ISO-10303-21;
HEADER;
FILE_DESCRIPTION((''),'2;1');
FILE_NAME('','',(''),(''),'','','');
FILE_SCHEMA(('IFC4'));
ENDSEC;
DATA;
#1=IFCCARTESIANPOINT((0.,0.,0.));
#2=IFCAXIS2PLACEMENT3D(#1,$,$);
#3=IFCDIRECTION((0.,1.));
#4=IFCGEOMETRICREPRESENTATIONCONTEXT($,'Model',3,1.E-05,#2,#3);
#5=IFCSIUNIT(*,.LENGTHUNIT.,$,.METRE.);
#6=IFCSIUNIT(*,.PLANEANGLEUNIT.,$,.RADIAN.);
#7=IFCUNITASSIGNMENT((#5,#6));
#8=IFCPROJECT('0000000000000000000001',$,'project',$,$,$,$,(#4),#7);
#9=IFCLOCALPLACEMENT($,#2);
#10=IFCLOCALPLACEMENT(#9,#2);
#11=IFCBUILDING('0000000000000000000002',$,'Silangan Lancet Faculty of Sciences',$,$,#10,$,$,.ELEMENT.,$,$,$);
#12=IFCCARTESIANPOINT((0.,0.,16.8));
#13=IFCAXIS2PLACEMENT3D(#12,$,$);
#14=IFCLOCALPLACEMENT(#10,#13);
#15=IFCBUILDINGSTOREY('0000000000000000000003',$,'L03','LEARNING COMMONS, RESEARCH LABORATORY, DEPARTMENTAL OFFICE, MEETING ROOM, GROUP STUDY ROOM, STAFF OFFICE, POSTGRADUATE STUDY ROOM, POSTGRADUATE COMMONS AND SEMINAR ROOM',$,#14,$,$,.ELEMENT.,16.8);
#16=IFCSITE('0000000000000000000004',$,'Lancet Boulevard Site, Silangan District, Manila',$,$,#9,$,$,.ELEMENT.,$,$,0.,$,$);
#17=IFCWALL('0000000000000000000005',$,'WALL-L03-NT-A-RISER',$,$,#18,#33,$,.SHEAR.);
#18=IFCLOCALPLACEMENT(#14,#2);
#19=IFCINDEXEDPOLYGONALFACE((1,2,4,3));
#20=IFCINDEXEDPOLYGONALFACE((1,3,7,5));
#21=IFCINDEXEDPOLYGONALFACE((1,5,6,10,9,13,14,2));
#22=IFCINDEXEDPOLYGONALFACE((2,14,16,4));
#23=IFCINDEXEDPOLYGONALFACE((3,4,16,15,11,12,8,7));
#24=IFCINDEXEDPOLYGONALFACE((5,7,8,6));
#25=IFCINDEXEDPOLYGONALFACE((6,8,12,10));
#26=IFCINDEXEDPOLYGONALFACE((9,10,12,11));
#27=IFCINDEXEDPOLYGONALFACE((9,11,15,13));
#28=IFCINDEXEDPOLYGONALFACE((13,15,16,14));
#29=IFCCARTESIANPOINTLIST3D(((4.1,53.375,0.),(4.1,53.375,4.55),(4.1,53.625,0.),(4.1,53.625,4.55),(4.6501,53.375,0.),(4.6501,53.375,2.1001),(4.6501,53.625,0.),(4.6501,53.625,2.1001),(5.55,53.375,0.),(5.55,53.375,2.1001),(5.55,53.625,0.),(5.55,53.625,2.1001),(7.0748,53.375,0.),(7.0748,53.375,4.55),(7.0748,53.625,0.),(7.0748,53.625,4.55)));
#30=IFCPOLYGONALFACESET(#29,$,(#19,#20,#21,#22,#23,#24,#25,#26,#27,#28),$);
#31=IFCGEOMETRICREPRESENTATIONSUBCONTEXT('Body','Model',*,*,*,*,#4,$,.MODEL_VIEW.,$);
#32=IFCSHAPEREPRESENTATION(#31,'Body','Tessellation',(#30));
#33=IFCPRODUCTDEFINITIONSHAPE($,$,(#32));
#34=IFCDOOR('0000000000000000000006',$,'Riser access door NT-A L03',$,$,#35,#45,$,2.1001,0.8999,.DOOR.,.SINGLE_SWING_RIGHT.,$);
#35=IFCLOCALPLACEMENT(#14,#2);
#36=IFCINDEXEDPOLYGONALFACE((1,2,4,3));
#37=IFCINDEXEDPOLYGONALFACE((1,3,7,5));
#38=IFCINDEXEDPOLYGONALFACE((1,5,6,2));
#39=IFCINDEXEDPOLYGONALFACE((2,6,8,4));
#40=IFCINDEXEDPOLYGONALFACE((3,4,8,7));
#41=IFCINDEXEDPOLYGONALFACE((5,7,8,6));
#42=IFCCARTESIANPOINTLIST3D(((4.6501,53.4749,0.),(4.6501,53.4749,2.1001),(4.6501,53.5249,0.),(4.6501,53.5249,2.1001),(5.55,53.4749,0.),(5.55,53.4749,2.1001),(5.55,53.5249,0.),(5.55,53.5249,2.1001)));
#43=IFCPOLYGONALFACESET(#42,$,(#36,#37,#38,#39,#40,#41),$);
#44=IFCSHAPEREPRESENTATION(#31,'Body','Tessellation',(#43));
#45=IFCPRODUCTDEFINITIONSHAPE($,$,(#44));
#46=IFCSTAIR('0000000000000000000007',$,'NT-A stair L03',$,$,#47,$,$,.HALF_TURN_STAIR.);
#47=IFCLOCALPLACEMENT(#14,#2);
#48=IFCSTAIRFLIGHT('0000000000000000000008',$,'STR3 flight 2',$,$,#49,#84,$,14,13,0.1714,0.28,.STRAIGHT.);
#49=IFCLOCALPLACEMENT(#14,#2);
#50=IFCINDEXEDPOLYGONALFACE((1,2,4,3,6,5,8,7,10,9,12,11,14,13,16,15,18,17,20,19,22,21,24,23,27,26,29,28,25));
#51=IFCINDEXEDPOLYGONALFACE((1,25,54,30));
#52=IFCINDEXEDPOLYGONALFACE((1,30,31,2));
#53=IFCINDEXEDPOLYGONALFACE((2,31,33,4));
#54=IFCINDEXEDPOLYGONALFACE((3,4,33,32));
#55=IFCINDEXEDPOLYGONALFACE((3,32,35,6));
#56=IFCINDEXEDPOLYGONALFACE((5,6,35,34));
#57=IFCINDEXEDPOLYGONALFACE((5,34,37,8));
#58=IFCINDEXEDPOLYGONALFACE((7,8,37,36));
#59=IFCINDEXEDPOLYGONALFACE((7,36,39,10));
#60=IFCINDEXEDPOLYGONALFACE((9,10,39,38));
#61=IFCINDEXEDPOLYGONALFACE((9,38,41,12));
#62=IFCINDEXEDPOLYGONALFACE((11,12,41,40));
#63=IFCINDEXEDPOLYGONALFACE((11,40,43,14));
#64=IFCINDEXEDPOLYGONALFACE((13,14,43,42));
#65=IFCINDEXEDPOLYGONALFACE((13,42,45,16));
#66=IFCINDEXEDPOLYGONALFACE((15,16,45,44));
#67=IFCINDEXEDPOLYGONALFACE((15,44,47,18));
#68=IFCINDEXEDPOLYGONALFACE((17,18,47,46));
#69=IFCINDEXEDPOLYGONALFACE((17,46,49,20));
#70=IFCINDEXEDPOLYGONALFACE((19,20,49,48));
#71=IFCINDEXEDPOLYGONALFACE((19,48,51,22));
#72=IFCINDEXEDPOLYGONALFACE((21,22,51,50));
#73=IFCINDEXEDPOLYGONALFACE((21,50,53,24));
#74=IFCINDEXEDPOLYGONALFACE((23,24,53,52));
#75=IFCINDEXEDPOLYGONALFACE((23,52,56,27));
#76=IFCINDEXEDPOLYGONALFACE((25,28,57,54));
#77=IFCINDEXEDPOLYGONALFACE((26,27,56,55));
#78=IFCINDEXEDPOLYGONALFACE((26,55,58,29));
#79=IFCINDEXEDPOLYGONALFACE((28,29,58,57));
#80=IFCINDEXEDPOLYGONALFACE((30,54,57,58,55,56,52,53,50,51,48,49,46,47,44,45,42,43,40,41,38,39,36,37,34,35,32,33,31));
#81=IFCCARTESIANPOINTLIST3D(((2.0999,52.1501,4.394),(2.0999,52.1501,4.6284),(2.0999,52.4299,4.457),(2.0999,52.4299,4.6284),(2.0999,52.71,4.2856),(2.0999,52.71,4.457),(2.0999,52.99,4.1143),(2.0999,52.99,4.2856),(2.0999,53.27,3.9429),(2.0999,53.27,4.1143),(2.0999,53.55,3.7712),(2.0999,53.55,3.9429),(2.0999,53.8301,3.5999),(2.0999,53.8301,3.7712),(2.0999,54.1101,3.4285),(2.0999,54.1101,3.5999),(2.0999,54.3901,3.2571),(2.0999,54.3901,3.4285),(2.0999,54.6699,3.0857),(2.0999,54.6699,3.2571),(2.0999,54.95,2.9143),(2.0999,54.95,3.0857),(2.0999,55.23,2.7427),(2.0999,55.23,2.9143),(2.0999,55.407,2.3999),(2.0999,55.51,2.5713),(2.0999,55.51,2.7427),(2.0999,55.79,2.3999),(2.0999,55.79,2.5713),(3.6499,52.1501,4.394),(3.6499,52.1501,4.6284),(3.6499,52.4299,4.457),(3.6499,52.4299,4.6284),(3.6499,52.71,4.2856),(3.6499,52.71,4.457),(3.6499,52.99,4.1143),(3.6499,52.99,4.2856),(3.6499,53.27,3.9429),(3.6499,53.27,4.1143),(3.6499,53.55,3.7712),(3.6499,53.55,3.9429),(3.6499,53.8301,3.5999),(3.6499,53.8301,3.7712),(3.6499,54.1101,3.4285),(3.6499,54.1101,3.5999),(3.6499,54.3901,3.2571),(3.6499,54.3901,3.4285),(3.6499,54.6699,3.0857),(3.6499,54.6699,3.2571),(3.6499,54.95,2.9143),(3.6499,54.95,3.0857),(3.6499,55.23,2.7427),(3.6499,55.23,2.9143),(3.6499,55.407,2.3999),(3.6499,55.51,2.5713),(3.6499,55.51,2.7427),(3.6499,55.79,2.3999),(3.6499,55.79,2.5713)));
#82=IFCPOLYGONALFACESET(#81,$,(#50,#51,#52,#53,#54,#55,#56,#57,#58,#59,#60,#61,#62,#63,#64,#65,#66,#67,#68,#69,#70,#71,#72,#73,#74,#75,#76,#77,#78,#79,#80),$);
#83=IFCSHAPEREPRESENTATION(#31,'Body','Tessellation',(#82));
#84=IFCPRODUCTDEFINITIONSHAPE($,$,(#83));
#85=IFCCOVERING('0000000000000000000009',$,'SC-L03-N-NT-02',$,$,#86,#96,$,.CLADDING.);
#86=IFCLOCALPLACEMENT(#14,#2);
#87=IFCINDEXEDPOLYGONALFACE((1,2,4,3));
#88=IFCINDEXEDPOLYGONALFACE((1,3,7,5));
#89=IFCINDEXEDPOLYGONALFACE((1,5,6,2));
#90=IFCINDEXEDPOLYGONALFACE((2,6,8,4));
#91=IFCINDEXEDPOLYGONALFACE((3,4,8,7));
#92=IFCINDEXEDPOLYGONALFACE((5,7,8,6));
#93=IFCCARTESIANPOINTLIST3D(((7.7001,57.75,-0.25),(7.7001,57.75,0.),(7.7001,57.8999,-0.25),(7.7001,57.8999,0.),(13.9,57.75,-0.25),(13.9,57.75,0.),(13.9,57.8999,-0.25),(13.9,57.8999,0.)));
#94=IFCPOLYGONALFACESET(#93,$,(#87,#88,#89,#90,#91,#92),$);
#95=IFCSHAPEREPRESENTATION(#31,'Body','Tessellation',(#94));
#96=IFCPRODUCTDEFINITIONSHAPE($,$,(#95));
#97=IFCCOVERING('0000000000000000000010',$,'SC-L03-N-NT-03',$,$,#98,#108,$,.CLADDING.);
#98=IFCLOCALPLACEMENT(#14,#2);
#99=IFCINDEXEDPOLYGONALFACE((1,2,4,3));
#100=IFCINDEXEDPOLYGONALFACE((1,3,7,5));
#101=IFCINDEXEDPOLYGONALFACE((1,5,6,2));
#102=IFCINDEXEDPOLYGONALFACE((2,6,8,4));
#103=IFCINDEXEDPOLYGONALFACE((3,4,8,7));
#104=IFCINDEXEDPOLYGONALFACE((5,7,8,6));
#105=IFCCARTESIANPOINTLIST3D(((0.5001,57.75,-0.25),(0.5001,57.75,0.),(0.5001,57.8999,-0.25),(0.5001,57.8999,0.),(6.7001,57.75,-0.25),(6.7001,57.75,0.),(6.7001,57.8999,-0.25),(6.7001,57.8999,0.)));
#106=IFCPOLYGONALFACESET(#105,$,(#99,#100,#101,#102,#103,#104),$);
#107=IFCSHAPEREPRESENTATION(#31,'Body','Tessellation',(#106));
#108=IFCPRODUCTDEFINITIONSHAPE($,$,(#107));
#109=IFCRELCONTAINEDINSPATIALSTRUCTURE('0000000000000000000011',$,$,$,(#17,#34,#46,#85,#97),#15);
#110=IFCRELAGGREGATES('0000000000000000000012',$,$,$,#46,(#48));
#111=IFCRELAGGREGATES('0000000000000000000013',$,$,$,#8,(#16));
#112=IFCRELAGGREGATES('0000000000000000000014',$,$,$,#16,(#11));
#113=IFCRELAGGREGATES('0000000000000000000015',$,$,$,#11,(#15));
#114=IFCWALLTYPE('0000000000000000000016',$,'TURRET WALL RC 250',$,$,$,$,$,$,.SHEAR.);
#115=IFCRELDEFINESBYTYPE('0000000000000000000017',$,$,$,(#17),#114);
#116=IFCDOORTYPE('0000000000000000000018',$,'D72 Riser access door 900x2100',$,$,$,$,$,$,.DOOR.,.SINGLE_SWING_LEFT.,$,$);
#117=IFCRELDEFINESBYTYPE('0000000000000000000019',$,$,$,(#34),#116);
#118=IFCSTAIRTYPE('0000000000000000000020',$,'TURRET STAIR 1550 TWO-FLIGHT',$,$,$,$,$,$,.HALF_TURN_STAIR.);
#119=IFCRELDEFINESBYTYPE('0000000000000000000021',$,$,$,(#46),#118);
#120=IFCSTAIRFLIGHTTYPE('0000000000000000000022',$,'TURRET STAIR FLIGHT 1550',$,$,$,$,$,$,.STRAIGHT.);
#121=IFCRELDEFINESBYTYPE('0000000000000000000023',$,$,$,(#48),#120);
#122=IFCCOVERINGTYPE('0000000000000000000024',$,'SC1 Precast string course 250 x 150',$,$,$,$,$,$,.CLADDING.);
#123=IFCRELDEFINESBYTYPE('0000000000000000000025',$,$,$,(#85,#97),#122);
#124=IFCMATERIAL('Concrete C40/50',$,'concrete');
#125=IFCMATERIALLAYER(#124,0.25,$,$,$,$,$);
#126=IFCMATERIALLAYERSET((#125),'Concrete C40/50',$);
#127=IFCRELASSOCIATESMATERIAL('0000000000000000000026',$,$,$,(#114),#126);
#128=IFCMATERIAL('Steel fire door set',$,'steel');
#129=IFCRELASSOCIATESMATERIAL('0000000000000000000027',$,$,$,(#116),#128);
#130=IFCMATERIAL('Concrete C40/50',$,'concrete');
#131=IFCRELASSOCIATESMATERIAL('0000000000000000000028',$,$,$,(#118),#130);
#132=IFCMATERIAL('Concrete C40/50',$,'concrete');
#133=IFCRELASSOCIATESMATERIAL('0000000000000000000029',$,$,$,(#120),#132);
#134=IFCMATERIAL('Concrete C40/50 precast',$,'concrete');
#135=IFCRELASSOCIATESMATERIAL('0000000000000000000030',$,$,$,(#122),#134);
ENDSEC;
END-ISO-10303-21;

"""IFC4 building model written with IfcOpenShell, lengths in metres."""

from ifc_helpers import new_model, si_unit, direction, frame, frame_2d, origin, origin_2d, place, context, subcontext, project, spatial, polyline, rectangle, outline, extrude, material, layer, layer_set, type_object, element, fill, aggregate, save


model = new_model("IFC4")

# Units and contexts
model_context = context("Model", 3, precision=1e-05, world=origin(), true_north=direction((0.0, 1.0)))
body_context = subcontext(model_context, "Body", "Model", "MODEL_VIEW")
ifc_project = project(units=[si_unit("LENGTHUNIT", "METRE"), si_unit("PLANEANGLEUNIT", "RADIAN")], contexts=[model_context])

# Site, building, storey
site_placement = place(None, origin())
site = spatial("IfcSite", under=ifc_project, at=site_placement, Name="Lancet Boulevard Site, Silangan District, Manila", CompositionType="ELEMENT", RefElevation=0.0)
building_placement = place(site_placement, origin())
building = spatial("IfcBuilding", under=site, at=building_placement, Name="Silangan Lancet Faculty of Sciences", CompositionType="ELEMENT")
storey_placement = place(building_placement, frame((0.0, 0.0, 16.8)))
storey = spatial("IfcBuildingStorey", under=building, at=storey_placement, Name="L03", Description="LEARNING COMMONS, RESEARCH LABORATORY, DEPARTMENTAL OFFICE, MEETING ROOM, GROUP STUDY ROOM, STAFF OFFICE, POSTGRADUATE STUDY ROOM, POSTGRADUATE COMMONS AND SEMINAR ROOM", CompositionType="ELEMENT", Elevation=16.8)

# Wall, opening, door
ifc_material_1 = material(Name="Concrete C40/50", Category="concrete")
ifc_layer_1 = layer(ifc_material_1, 0.25)
ifc_layer_set_1 = layer_set([ifc_layer_1], Name="Concrete C40/50")
wall_type_1 = type_object("IfcWallType", Name="TURRET WALL RC 250", PredefinedType="SHEAR", material=ifc_layer_set_1)
wall_1_placement = place(storey_placement, frame((4.1001, 53.5, 0.0), z_axis=(0.0, 0.0, 1.0), x_axis=(1.0, 0.0, 0.0)))
wall_1 = element("IfcWall", 1, at=wall_1_placement, inside=storey, type_object=wall_type_1, Name="WALL-L03-NT-A-RISER", PredefinedType="SHEAR", context=body_context, shape_type="SweptSolid", body=[
    extrude(rectangle(XDim=2.9749, YDim=0.25, at=frame_2d((1.4873, 0.0))), origin(), (0.0, 0.0, 1.0), 4.55),
])
opening_1_placement = place(wall_1_placement, frame((0.55, 0.0, 0.0)))
opening_1 = element("IfcOpeningElement", 2, at=opening_1_placement, cuts=wall_1, PredefinedType="OPENING", context=body_context, shape_type="SweptSolid", body=[
    extrude(rectangle(XDim=0.8999, YDim=2.1001, at=frame_2d((0.45, 1.05))), frame((0.0, 0.135, 0.0), z_axis=(0.0, -1.0, 0.0), x_axis=(1.0, 0.0, 0.0)), (0.0, 0.0, 1.0), 0.27),
])
ifc_material_2 = material(Name="Steel fire door set", Category="steel")
door_type_1 = type_object("IfcDoorType", Name="D72 Riser access door 900x2100", OperationType="SINGLE_SWING_LEFT", PredefinedType="DOOR", material=ifc_material_2)
door_1_placement = place(opening_1_placement, origin())
door_1 = element("IfcDoor", 3, at=door_1_placement, inside=storey, type_object=door_type_1, Name="Riser access door NT-A L03", OperationType="SINGLE_SWING_RIGHT", OverallHeight=2.1001, OverallWidth=0.8999, PredefinedType="DOOR", context=body_context, shape_type="SweptSolid", body=[
    extrude(rectangle(XDim=0.8999, YDim=2.1001, at=frame_2d((0.45, 1.05))), frame((0.0, 0.0249, 0.0), z_axis=(0.0, -1.0, 0.0), x_axis=(1.0, 0.0, 0.0)), (0.0, 0.0, 1.0), 0.05),
])
fill(opening_1, door_1)

# Stair, stair flight
ifc_material_3 = material(Name="Concrete C40/50", Category="concrete")
stair_type = type_object("IfcStairType", Name="TURRET STAIR 1550 TWO-FLIGHT", PredefinedType="HALF_TURN_STAIR", material=ifc_material_3)
stair_placement = place(storey_placement, origin())
stair = element("IfcStair", 4, at=stair_placement, inside=storey, type_object=stair_type, Name="NT-A stair L03", PredefinedType="HALF_TURN_STAIR")
ifc_material_4 = material(Name="Concrete C40/50", Category="concrete")
stair_flight_type = type_object("IfcStairFlightType", Name="TURRET STAIR FLIGHT 1550", PredefinedType="STRAIGHT", material=ifc_material_4)
stair_flight_placement = place(storey_placement, frame((2.875, 55.79, 2.3999), z_axis=(0.0, 0.0, 1.0), x_axis=(0.0, -1.0, 0.0)))
stair_flight = element("IfcStairFlight", 5, at=stair_flight_placement, type_object=stair_flight_type, Name="STR3 flight 2", NumberOfRisers=14, NumberOfTreads=13, PredefinedType="STRAIGHT", RiserHeight=0.1714, TreadLength=0.28, context=body_context, shape_type="SweptSolid", body=[
    extrude(outline(polyline([(0.0, 0.0), (0.0, 0.1714), (0.28, 0.1714), (0.28, 0.3428), (0.5601, 0.3428), (0.5601, 0.5144), (0.8401, 0.5144), (0.8401, 0.6858), (1.1201, 0.6858), (1.1201, 0.8572), (1.3999, 0.8572), (1.3999, 1.0286), (1.6799, 1.0286), (1.6799, 1.2), (1.96, 1.2), (1.96, 1.3713), (2.24, 1.3713), (2.24, 1.543), (2.52, 1.543), (2.52, 1.7144), (2.8, 1.7144), (2.8, 1.8857), (3.0801, 1.8857), (3.0801, 2.0571), (3.3601, 2.0571), (3.3601, 2.2285), (3.6399, 2.2285), (3.6399, 2.3999), (3.6399, 1.9941), (0.3831, 0.0), (0.0, 0.0)])), frame((0.0, 0.7749, 0.0), z_axis=(0.0, -1.0, 0.0), x_axis=(1.0, 0.0, 0.0)), (0.0, 0.0, 1.0), 1.55),
])
aggregate(stair, [stair_flight])

# Coverings
ifc_material_5 = material(Name="Concrete C40/50 precast", Category="concrete")
covering_type = type_object("IfcCoveringType", Name="SC1 Precast string course 250 x 150", PredefinedType="CLADDING", material=ifc_material_5)
for number, where, z_axis, x_axis, name in (
    (6, (10.8, 57.825, -0.25), (0.0, 0.0, 1.0), (1.0, 0.0, 0.0), "SC-L03-N-NT-02"),
    (7, (3.6001, 57.825, -0.25), (0.0, 0.0, 1.0), (1.0, 0.0, 0.0), "SC-L03-N-NT-03"),
):
    element("IfcCovering", number, at=place(storey_placement, frame(where, z_axis=z_axis, x_axis=x_axis)), inside=storey, type_object=covering_type, Name=name, PredefinedType="CLADDING", context=body_context, shape_type="SweptSolid", body=[
        extrude(rectangle(XDim=6.2, YDim=0.1499, at=origin_2d()), origin(), (0.0, 0.0, 1.0), 0.25),
    ])

save(model, "model.ifc")
